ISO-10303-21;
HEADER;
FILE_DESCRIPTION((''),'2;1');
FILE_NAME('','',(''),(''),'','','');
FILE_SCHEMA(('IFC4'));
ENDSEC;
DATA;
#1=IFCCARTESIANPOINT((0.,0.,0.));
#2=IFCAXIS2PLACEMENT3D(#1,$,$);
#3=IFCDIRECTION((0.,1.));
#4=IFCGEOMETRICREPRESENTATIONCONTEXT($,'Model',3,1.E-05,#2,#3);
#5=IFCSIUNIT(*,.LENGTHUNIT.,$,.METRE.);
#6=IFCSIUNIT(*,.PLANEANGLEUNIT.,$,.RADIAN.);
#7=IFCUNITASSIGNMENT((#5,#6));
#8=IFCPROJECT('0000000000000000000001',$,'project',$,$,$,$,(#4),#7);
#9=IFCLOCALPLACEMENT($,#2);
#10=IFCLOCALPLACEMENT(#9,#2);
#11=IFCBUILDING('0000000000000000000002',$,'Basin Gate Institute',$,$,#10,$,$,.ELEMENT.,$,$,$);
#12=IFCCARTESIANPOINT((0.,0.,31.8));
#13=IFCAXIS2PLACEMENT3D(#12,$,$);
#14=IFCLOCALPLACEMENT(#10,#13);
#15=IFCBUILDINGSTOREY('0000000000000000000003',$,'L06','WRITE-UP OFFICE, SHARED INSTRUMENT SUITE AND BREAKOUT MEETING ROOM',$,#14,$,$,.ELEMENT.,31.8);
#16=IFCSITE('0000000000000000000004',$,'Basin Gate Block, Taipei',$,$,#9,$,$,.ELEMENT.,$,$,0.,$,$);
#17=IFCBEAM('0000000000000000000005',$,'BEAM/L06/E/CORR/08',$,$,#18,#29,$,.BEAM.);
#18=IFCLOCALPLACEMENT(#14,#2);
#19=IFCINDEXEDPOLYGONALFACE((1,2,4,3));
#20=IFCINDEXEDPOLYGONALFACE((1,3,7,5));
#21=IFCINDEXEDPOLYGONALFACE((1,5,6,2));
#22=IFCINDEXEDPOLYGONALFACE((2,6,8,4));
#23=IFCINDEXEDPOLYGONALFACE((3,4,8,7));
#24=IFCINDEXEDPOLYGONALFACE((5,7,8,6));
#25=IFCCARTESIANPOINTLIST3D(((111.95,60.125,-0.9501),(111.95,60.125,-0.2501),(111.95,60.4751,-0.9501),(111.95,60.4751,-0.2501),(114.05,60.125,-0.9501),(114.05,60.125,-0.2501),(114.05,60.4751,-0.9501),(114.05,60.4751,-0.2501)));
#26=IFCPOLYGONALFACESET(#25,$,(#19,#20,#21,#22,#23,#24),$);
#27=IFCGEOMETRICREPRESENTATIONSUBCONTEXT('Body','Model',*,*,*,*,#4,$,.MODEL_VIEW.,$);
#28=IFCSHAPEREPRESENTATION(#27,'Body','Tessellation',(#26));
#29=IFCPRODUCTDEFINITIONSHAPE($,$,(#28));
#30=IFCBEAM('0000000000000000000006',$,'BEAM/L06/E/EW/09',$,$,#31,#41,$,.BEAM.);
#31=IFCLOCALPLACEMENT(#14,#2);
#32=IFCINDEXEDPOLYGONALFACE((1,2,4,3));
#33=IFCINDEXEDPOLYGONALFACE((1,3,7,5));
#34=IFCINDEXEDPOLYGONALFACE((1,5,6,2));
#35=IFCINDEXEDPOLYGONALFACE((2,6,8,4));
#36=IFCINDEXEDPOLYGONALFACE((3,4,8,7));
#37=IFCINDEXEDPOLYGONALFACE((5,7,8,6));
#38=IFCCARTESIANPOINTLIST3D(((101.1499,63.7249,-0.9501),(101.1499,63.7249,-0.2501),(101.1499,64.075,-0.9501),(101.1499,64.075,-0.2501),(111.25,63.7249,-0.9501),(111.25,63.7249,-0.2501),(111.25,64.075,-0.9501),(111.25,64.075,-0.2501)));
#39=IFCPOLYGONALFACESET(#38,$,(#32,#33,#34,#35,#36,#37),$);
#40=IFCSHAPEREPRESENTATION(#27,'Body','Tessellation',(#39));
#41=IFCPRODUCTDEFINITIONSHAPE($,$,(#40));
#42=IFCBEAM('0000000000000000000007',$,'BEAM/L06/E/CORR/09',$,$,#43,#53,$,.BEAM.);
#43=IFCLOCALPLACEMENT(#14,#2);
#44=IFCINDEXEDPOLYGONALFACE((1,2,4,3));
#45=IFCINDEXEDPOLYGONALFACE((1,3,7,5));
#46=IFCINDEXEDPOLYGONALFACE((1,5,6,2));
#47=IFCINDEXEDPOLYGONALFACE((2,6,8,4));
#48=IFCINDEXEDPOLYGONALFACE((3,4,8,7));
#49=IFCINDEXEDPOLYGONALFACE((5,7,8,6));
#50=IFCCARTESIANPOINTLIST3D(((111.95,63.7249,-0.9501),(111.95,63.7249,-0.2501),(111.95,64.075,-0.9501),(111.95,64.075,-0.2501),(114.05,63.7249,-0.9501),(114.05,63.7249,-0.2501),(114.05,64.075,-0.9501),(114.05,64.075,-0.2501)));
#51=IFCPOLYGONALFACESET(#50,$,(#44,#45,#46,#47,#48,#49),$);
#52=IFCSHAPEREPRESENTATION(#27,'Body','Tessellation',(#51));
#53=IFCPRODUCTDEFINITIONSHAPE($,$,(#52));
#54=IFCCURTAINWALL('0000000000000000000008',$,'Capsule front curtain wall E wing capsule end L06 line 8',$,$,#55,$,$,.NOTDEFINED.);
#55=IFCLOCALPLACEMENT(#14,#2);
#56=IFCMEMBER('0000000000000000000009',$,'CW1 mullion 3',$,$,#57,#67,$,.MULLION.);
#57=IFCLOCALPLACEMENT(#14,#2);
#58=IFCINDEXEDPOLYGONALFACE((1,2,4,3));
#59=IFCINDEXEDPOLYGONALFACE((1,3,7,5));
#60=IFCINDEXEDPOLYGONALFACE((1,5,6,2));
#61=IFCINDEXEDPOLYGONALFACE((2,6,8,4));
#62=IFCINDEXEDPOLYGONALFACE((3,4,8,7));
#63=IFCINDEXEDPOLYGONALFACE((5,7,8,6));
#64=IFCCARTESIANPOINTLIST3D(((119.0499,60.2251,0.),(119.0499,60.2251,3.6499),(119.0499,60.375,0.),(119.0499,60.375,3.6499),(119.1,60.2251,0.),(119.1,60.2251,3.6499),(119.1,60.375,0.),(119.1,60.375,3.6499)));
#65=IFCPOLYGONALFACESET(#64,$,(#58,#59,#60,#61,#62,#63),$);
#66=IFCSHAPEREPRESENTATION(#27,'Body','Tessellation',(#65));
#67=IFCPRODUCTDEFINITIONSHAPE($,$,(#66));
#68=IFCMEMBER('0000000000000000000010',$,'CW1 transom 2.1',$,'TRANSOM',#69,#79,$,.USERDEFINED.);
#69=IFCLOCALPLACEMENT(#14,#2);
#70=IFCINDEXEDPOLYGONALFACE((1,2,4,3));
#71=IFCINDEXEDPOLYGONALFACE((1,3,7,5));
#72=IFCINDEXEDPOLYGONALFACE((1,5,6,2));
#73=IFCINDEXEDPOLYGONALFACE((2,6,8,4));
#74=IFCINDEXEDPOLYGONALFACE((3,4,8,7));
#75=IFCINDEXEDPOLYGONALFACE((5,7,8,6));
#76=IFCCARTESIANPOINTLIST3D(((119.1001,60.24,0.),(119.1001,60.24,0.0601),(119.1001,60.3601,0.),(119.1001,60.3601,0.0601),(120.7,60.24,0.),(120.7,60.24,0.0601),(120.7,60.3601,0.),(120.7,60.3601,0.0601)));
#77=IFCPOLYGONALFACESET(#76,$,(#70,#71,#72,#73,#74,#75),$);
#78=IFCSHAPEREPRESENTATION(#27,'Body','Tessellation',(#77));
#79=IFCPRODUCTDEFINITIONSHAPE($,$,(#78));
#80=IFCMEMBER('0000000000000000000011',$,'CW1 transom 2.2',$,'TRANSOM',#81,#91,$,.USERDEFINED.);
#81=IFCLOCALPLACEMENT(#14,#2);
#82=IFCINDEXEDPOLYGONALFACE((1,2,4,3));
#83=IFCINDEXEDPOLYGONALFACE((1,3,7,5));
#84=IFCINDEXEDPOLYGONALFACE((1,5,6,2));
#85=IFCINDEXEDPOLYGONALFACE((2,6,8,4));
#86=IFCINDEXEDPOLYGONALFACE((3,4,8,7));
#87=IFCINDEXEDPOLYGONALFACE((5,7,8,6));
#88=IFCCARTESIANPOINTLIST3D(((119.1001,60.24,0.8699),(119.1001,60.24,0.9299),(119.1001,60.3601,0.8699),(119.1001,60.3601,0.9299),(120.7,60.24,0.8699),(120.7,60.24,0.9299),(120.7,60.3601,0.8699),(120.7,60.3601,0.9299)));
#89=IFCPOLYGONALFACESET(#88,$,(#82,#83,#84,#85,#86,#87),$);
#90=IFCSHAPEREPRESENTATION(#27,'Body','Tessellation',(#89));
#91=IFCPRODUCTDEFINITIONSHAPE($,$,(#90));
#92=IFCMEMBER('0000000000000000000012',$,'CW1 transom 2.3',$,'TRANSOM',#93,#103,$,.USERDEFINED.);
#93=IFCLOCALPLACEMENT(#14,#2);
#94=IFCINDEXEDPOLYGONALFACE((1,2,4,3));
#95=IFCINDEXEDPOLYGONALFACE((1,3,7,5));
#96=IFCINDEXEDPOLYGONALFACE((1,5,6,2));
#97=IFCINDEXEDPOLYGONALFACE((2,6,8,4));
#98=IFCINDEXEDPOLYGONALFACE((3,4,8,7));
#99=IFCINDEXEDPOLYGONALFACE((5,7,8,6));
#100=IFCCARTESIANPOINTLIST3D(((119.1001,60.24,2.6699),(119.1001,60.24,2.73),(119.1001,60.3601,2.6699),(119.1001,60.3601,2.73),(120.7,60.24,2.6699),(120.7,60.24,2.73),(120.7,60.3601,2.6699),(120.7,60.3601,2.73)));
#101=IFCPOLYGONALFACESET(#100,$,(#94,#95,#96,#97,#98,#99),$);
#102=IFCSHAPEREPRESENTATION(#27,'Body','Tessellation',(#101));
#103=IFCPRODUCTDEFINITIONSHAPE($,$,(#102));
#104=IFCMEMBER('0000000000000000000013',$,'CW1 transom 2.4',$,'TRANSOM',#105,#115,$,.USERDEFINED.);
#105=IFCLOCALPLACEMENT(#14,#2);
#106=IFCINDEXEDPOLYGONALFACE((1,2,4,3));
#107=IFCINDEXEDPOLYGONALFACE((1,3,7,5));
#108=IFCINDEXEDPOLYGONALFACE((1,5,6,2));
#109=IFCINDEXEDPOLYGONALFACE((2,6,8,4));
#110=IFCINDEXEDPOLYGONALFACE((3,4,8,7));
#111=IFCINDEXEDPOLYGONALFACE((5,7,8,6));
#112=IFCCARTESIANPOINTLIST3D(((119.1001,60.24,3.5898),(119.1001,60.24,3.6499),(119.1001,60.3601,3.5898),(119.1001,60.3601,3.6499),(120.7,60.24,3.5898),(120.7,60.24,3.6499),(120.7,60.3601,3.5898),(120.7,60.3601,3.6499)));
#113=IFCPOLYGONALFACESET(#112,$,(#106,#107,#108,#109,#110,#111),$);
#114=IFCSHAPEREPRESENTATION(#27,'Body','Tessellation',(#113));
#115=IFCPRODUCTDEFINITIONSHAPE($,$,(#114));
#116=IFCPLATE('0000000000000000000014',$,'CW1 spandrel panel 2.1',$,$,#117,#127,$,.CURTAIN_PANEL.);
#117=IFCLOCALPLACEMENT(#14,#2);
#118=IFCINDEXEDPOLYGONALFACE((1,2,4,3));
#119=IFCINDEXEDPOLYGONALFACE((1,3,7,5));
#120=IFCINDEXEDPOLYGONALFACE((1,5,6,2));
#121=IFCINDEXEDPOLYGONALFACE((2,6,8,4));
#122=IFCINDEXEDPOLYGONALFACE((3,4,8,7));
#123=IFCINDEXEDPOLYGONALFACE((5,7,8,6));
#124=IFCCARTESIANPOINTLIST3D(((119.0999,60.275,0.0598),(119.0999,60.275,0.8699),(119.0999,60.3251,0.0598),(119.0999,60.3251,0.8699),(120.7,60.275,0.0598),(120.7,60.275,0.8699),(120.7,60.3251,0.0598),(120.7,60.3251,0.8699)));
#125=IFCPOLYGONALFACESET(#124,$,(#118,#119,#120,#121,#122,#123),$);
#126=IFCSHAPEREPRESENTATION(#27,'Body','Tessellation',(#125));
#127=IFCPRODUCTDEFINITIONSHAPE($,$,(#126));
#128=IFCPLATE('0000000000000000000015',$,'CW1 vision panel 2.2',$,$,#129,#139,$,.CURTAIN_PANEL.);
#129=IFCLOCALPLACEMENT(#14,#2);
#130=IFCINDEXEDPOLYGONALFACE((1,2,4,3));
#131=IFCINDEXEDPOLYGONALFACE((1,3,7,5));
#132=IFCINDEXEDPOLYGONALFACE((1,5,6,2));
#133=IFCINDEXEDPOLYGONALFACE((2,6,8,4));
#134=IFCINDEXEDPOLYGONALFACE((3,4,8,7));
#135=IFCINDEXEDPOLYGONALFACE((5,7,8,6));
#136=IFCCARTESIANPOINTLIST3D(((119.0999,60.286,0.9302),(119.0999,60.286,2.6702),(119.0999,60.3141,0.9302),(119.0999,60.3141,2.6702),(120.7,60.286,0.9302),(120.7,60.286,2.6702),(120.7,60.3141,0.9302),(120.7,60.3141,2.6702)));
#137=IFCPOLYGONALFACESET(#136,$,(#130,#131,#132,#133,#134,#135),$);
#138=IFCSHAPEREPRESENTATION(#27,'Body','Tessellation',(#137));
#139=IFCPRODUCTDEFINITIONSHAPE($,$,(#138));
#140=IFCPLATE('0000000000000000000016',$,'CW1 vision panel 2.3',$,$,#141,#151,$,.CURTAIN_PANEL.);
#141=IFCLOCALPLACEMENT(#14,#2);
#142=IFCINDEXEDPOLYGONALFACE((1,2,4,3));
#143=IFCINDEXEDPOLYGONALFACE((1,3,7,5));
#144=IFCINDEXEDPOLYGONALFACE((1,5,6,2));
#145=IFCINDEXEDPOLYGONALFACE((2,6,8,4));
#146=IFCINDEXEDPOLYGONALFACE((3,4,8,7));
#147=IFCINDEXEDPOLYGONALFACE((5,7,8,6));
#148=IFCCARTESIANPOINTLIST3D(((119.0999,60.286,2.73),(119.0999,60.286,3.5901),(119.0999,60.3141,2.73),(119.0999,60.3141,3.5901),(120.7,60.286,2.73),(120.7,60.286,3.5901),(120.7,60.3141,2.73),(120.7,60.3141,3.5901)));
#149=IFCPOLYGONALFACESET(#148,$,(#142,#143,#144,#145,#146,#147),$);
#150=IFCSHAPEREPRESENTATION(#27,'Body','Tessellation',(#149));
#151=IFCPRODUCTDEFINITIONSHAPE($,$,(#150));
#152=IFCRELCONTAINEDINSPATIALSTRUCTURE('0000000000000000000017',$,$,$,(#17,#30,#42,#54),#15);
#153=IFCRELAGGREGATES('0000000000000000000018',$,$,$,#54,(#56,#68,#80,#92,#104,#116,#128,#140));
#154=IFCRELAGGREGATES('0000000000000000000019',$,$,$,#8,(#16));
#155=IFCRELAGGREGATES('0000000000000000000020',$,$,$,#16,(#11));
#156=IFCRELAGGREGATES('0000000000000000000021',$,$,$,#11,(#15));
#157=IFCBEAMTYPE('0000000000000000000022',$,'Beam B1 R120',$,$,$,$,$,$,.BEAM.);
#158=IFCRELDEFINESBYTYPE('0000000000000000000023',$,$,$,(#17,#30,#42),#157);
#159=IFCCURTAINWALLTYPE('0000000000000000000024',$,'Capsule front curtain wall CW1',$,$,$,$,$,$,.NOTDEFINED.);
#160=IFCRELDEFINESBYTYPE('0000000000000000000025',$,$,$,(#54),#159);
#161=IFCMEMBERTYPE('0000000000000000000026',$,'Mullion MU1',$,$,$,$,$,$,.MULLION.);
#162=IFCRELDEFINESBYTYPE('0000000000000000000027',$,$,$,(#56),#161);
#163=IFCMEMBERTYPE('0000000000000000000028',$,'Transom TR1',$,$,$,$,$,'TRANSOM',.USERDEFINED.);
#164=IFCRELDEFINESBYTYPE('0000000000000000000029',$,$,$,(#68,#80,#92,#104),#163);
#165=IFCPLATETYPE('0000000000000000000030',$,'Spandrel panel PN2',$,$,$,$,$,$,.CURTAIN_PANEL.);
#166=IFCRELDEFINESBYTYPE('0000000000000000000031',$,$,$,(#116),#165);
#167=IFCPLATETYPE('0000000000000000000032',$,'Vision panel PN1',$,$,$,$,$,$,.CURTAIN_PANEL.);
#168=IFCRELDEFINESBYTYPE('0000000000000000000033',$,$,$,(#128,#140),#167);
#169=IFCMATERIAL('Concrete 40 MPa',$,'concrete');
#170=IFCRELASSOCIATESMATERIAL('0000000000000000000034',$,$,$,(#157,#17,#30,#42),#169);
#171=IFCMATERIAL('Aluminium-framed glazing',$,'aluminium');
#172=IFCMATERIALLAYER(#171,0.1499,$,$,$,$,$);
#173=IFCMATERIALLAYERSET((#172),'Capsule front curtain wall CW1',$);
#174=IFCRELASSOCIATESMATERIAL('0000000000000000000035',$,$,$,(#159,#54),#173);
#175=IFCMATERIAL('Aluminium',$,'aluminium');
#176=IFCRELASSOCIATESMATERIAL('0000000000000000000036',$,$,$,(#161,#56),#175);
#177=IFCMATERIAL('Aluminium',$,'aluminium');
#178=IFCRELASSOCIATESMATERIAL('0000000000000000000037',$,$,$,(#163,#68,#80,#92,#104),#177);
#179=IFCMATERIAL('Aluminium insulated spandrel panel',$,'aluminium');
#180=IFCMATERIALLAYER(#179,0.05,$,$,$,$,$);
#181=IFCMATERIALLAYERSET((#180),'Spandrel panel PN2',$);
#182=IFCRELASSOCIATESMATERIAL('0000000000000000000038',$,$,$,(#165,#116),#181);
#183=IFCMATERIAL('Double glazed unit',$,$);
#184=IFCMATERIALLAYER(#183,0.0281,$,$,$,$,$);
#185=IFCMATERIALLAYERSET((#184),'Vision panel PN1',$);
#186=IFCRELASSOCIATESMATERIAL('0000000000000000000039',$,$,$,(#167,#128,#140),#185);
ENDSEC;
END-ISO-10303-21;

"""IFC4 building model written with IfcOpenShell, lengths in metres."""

from ifc_helpers import new_model, si_unit, direction, frame, origin, origin_2d, place, context, subcontext, project, spatial, rectangle, extrude, material, layer, layer_set, material_profile, profile_set, type_object, element, aggregate, save


model = new_model("IFC4")

# Units and contexts
model_context = context("Model", 3, precision=1e-05, world=origin(), true_north=direction((0.0, 1.0)))
body_context = subcontext(model_context, "Body", "Model", "MODEL_VIEW")
ifc_project = project(units=[si_unit("LENGTHUNIT", "METRE"), si_unit("PLANEANGLEUNIT", "RADIAN")], contexts=[model_context])

# Site, building, storey
site_placement = place(None, origin())
site = spatial("IfcSite", under=ifc_project, at=site_placement, Name="Basin Gate Block, Taipei", CompositionType="ELEMENT", RefElevation=0.0)
building_placement = place(site_placement, origin())
building = spatial("IfcBuilding", under=site, at=building_placement, Name="Basin Gate Institute", CompositionType="ELEMENT")
storey_placement = place(building_placement, frame((0.0, 0.0, 31.8)))
storey = spatial("IfcBuildingStorey", under=building, at=storey_placement, Name="L06", Description="WRITE-UP OFFICE, SHARED INSTRUMENT SUITE AND BREAKOUT MEETING ROOM", CompositionType="ELEMENT", Elevation=31.8)

# Beams
ifc_material_1 = material(Name="Concrete 40 MPa", Category="concrete")
ifc_material_profile_1 = material_profile(ifc_material_1, rectangle(XDim=0.3501, YDim=0.7, at=origin_2d()), Name="Beam B1 350 x 700")
ifc_profile_set_1 = profile_set([ifc_material_profile_1], Name="Concrete 40 MPa")
beam_type = type_object("IfcBeamType", Name="Beam B1 R120", PredefinedType="BEAM", material=ifc_profile_set_1)
beam_1_placement = place(storey_placement, frame((114.05, 60.3, -0.6001), z_axis=(-1.0, 0.0, 0.0), x_axis=(0.0, -1.0, 0.0)))
element("IfcBeam", 1, at=beam_1_placement, inside=storey, type_object=beam_type, material=ifc_profile_set_1, Name="BEAM/L06/E/CORR/08", PredefinedType="BEAM", context=body_context, shape_type="SweptSolid", body=[
    extrude(rectangle(XDim=0.3501, YDim=0.7, at=origin_2d()), origin(), (0.0, 0.0, 1.0), 2.1001),
])
beam_2_placement = place(storey_placement, frame((111.25, 63.8999, -0.6001), z_axis=(-1.0, 0.0, 0.0), x_axis=(0.0, -1.0, 0.0)))
element("IfcBeam", 2, at=beam_2_placement, inside=storey, type_object=beam_type, material=ifc_profile_set_1, Name="BEAM/L06/E/EW/09", PredefinedType="BEAM", context=body_context, shape_type="SweptSolid", body=[
    extrude(rectangle(XDim=0.3501, YDim=0.7, at=origin_2d()), origin(), (0.0, 0.0, 1.0), 10.1001),
])
beam_3_placement = place(storey_placement, frame((114.05, 63.8999, -0.6001), z_axis=(-1.0, 0.0, 0.0), x_axis=(0.0, -1.0, 0.0)))
element("IfcBeam", 3, at=beam_3_placement, inside=storey, type_object=beam_type, material=ifc_profile_set_1, Name="BEAM/L06/E/CORR/09", PredefinedType="BEAM", context=body_context, shape_type="SweptSolid", body=[
    extrude(rectangle(XDim=0.3501, YDim=0.7, at=origin_2d()), origin(), (0.0, 0.0, 1.0), 2.1001),
])

# Curtain wall, members, plates
ifc_material_2 = material(Name="Aluminium-framed glazing", Category="aluminium")
ifc_layer_1 = layer(ifc_material_2, 0.1499)
ifc_layer_set_1 = layer_set([ifc_layer_1], Name="Capsule front curtain wall CW1")
curtain_wall_type = type_object("IfcCurtainWallType", Name="Capsule front curtain wall CW1", PredefinedType="NOTDEFINED", material=ifc_layer_set_1)
curtain_wall_placement = place(storey_placement, origin())
curtain_wall = element("IfcCurtainWall", 4, at=curtain_wall_placement, inside=storey, type_object=curtain_wall_type, material=ifc_layer_set_1, Name="Capsule front curtain wall E wing capsule end L06 line 8", PredefinedType="NOTDEFINED")
ifc_material_3 = material(Name="Aluminium", Category="aluminium")
ifc_material_profile_2 = material_profile(ifc_material_3, rectangle(XDim=0.1499, YDim=0.05, at=origin_2d()), Name="Mullion MU1 150 x 50")
ifc_profile_set_2 = profile_set([ifc_material_profile_2], Name="Aluminium")
member_type_1 = type_object("IfcMemberType", Name="Mullion MU1", PredefinedType="MULLION", material=ifc_profile_set_2)
member_1_placement = place(storey_placement, frame((119.075, 60.3, 0.0), z_axis=(0.0, 0.0, 1.0), x_axis=(0.0, -1.0, 0.0)))
member_1 = element("IfcMember", 5, at=member_1_placement, type_object=member_type_1, material=ifc_profile_set_2, Name="CW1 mullion 3", PredefinedType="MULLION", context=body_context, shape_type="SweptSolid", body=[
    extrude(rectangle(XDim=0.1499, YDim=0.05, at=origin_2d()), origin(), (0.0, 0.0, 1.0), 3.6499),
])
ifc_material_4 = material(Name="Aluminium", Category="aluminium")
ifc_material_profile_3 = material_profile(ifc_material_4, rectangle(XDim=0.1201, YDim=0.0601, at=origin_2d()), Name="Transom TR1 120 x 60")
ifc_profile_set_3 = profile_set([ifc_material_profile_3], Name="Aluminium")
member_type_2 = type_object("IfcMemberType", Name="Transom TR1", ElementType="TRANSOM", PredefinedType="USERDEFINED", material=ifc_profile_set_3)
member_2_placement = place(storey_placement, frame((120.7, 60.3, 0.03), z_axis=(-1.0, 0.0, 0.0), x_axis=(0.0, -1.0, 0.0)))
member_2 = element("IfcMember", 6, at=member_2_placement, type_object=member_type_2, material=ifc_profile_set_3, Name="CW1 transom 2.1", ObjectType="TRANSOM", PredefinedType="USERDEFINED", context=body_context, shape_type="SweptSolid", body=[
    extrude(rectangle(XDim=0.1201, YDim=0.0601, at=origin_2d()), origin(), (0.0, 0.0, 1.0), 1.5999),
])
member_3_placement = place(storey_placement, frame((120.7, 60.3, 0.8999), z_axis=(-1.0, 0.0, 0.0), x_axis=(0.0, -1.0, 0.0)))
member_3 = element("IfcMember", 7, at=member_3_placement, type_object=member_type_2, material=ifc_profile_set_3, Name="CW1 transom 2.2", ObjectType="TRANSOM", PredefinedType="USERDEFINED", context=body_context, shape_type="SweptSolid", body=[
    extrude(rectangle(XDim=0.1201, YDim=0.0601, at=origin_2d()), origin(), (0.0, 0.0, 1.0), 1.5999),
])
member_4_placement = place(storey_placement, frame((120.7, 60.3, 2.7), z_axis=(-1.0, 0.0, 0.0), x_axis=(0.0, -1.0, 0.0)))
member_4 = element("IfcMember", 8, at=member_4_placement, type_object=member_type_2, material=ifc_profile_set_3, Name="CW1 transom 2.3", ObjectType="TRANSOM", PredefinedType="USERDEFINED", context=body_context, shape_type="SweptSolid", body=[
    extrude(rectangle(XDim=0.1201, YDim=0.0601, at=origin_2d()), origin(), (0.0, 0.0, 1.0), 1.5999),
])
member_5_placement = place(storey_placement, frame((120.7, 60.3, 3.6199), z_axis=(-1.0, 0.0, 0.0), x_axis=(0.0, -1.0, 0.0)))
member_5 = element("IfcMember", 9, at=member_5_placement, type_object=member_type_2, material=ifc_profile_set_3, Name="CW1 transom 2.4", ObjectType="TRANSOM", PredefinedType="USERDEFINED", context=body_context, shape_type="SweptSolid", body=[
    extrude(rectangle(XDim=0.1201, YDim=0.0601, at=origin_2d()), origin(), (0.0, 0.0, 1.0), 1.5999),
])
ifc_material_5 = material(Name="Aluminium insulated spandrel panel", Category="aluminium")
ifc_layer_2 = layer(ifc_material_5, 0.05)
ifc_layer_set_2 = layer_set([ifc_layer_2], Name="Spandrel panel PN2")
plate_type_1 = type_object("IfcPlateType", Name="Spandrel panel PN2", PredefinedType="CURTAIN_PANEL", material=ifc_layer_set_2)
plate_1_placement = place(storey_placement, frame((119.8999, 60.3, 0.0598), z_axis=(0.0, 0.0, 1.0), x_axis=(-1.0, 0.0, 0.0)))
plate_1 = element("IfcPlate", 10, at=plate_1_placement, type_object=plate_type_1, material=ifc_layer_set_2, Name="CW1 spandrel panel 2.1", PredefinedType="CURTAIN_PANEL", context=body_context, shape_type="SweptSolid", body=[
    extrude(rectangle(XDim=1.6001, YDim=0.05, at=origin_2d()), origin(), (0.0, 0.0, 1.0), 0.8101),
])
ifc_material_6 = material(Name="Double glazed unit")
ifc_layer_3 = layer(ifc_material_6, 0.0281)
ifc_layer_set_3 = layer_set([ifc_layer_3], Name="Vision panel PN1")
plate_type_2 = type_object("IfcPlateType", Name="Vision panel PN1", PredefinedType="CURTAIN_PANEL", material=ifc_layer_set_3)
plate_2_placement = place(storey_placement, frame((119.8999, 60.3, 0.9302), z_axis=(0.0, 0.0, 1.0), x_axis=(-1.0, 0.0, 0.0)))
plate_2 = element("IfcPlate", 11, at=plate_2_placement, type_object=plate_type_2, material=ifc_layer_set_3, Name="CW1 vision panel 2.2", PredefinedType="CURTAIN_PANEL", context=body_context, shape_type="SweptSolid", body=[
    extrude(rectangle(XDim=1.6001, YDim=0.0281, at=origin_2d()), origin(), (0.0, 0.0, 1.0), 1.74),
])
plate_3_placement = place(storey_placement, frame((119.8999, 60.3, 2.73), z_axis=(0.0, 0.0, 1.0), x_axis=(-1.0, 0.0, 0.0)))
plate_3 = element("IfcPlate", 12, at=plate_3_placement, type_object=plate_type_2, material=ifc_layer_set_3, Name="CW1 vision panel 2.3", PredefinedType="CURTAIN_PANEL", context=body_context, shape_type="SweptSolid", body=[
    extrude(rectangle(XDim=1.6001, YDim=0.0281, at=origin_2d()), origin(), (0.0, 0.0, 1.0), 0.8601),
])
aggregate(curtain_wall, [member_1, member_2, member_3, member_4, member_5, plate_1, plate_2, plate_3])

save(model, "model.ifc")
